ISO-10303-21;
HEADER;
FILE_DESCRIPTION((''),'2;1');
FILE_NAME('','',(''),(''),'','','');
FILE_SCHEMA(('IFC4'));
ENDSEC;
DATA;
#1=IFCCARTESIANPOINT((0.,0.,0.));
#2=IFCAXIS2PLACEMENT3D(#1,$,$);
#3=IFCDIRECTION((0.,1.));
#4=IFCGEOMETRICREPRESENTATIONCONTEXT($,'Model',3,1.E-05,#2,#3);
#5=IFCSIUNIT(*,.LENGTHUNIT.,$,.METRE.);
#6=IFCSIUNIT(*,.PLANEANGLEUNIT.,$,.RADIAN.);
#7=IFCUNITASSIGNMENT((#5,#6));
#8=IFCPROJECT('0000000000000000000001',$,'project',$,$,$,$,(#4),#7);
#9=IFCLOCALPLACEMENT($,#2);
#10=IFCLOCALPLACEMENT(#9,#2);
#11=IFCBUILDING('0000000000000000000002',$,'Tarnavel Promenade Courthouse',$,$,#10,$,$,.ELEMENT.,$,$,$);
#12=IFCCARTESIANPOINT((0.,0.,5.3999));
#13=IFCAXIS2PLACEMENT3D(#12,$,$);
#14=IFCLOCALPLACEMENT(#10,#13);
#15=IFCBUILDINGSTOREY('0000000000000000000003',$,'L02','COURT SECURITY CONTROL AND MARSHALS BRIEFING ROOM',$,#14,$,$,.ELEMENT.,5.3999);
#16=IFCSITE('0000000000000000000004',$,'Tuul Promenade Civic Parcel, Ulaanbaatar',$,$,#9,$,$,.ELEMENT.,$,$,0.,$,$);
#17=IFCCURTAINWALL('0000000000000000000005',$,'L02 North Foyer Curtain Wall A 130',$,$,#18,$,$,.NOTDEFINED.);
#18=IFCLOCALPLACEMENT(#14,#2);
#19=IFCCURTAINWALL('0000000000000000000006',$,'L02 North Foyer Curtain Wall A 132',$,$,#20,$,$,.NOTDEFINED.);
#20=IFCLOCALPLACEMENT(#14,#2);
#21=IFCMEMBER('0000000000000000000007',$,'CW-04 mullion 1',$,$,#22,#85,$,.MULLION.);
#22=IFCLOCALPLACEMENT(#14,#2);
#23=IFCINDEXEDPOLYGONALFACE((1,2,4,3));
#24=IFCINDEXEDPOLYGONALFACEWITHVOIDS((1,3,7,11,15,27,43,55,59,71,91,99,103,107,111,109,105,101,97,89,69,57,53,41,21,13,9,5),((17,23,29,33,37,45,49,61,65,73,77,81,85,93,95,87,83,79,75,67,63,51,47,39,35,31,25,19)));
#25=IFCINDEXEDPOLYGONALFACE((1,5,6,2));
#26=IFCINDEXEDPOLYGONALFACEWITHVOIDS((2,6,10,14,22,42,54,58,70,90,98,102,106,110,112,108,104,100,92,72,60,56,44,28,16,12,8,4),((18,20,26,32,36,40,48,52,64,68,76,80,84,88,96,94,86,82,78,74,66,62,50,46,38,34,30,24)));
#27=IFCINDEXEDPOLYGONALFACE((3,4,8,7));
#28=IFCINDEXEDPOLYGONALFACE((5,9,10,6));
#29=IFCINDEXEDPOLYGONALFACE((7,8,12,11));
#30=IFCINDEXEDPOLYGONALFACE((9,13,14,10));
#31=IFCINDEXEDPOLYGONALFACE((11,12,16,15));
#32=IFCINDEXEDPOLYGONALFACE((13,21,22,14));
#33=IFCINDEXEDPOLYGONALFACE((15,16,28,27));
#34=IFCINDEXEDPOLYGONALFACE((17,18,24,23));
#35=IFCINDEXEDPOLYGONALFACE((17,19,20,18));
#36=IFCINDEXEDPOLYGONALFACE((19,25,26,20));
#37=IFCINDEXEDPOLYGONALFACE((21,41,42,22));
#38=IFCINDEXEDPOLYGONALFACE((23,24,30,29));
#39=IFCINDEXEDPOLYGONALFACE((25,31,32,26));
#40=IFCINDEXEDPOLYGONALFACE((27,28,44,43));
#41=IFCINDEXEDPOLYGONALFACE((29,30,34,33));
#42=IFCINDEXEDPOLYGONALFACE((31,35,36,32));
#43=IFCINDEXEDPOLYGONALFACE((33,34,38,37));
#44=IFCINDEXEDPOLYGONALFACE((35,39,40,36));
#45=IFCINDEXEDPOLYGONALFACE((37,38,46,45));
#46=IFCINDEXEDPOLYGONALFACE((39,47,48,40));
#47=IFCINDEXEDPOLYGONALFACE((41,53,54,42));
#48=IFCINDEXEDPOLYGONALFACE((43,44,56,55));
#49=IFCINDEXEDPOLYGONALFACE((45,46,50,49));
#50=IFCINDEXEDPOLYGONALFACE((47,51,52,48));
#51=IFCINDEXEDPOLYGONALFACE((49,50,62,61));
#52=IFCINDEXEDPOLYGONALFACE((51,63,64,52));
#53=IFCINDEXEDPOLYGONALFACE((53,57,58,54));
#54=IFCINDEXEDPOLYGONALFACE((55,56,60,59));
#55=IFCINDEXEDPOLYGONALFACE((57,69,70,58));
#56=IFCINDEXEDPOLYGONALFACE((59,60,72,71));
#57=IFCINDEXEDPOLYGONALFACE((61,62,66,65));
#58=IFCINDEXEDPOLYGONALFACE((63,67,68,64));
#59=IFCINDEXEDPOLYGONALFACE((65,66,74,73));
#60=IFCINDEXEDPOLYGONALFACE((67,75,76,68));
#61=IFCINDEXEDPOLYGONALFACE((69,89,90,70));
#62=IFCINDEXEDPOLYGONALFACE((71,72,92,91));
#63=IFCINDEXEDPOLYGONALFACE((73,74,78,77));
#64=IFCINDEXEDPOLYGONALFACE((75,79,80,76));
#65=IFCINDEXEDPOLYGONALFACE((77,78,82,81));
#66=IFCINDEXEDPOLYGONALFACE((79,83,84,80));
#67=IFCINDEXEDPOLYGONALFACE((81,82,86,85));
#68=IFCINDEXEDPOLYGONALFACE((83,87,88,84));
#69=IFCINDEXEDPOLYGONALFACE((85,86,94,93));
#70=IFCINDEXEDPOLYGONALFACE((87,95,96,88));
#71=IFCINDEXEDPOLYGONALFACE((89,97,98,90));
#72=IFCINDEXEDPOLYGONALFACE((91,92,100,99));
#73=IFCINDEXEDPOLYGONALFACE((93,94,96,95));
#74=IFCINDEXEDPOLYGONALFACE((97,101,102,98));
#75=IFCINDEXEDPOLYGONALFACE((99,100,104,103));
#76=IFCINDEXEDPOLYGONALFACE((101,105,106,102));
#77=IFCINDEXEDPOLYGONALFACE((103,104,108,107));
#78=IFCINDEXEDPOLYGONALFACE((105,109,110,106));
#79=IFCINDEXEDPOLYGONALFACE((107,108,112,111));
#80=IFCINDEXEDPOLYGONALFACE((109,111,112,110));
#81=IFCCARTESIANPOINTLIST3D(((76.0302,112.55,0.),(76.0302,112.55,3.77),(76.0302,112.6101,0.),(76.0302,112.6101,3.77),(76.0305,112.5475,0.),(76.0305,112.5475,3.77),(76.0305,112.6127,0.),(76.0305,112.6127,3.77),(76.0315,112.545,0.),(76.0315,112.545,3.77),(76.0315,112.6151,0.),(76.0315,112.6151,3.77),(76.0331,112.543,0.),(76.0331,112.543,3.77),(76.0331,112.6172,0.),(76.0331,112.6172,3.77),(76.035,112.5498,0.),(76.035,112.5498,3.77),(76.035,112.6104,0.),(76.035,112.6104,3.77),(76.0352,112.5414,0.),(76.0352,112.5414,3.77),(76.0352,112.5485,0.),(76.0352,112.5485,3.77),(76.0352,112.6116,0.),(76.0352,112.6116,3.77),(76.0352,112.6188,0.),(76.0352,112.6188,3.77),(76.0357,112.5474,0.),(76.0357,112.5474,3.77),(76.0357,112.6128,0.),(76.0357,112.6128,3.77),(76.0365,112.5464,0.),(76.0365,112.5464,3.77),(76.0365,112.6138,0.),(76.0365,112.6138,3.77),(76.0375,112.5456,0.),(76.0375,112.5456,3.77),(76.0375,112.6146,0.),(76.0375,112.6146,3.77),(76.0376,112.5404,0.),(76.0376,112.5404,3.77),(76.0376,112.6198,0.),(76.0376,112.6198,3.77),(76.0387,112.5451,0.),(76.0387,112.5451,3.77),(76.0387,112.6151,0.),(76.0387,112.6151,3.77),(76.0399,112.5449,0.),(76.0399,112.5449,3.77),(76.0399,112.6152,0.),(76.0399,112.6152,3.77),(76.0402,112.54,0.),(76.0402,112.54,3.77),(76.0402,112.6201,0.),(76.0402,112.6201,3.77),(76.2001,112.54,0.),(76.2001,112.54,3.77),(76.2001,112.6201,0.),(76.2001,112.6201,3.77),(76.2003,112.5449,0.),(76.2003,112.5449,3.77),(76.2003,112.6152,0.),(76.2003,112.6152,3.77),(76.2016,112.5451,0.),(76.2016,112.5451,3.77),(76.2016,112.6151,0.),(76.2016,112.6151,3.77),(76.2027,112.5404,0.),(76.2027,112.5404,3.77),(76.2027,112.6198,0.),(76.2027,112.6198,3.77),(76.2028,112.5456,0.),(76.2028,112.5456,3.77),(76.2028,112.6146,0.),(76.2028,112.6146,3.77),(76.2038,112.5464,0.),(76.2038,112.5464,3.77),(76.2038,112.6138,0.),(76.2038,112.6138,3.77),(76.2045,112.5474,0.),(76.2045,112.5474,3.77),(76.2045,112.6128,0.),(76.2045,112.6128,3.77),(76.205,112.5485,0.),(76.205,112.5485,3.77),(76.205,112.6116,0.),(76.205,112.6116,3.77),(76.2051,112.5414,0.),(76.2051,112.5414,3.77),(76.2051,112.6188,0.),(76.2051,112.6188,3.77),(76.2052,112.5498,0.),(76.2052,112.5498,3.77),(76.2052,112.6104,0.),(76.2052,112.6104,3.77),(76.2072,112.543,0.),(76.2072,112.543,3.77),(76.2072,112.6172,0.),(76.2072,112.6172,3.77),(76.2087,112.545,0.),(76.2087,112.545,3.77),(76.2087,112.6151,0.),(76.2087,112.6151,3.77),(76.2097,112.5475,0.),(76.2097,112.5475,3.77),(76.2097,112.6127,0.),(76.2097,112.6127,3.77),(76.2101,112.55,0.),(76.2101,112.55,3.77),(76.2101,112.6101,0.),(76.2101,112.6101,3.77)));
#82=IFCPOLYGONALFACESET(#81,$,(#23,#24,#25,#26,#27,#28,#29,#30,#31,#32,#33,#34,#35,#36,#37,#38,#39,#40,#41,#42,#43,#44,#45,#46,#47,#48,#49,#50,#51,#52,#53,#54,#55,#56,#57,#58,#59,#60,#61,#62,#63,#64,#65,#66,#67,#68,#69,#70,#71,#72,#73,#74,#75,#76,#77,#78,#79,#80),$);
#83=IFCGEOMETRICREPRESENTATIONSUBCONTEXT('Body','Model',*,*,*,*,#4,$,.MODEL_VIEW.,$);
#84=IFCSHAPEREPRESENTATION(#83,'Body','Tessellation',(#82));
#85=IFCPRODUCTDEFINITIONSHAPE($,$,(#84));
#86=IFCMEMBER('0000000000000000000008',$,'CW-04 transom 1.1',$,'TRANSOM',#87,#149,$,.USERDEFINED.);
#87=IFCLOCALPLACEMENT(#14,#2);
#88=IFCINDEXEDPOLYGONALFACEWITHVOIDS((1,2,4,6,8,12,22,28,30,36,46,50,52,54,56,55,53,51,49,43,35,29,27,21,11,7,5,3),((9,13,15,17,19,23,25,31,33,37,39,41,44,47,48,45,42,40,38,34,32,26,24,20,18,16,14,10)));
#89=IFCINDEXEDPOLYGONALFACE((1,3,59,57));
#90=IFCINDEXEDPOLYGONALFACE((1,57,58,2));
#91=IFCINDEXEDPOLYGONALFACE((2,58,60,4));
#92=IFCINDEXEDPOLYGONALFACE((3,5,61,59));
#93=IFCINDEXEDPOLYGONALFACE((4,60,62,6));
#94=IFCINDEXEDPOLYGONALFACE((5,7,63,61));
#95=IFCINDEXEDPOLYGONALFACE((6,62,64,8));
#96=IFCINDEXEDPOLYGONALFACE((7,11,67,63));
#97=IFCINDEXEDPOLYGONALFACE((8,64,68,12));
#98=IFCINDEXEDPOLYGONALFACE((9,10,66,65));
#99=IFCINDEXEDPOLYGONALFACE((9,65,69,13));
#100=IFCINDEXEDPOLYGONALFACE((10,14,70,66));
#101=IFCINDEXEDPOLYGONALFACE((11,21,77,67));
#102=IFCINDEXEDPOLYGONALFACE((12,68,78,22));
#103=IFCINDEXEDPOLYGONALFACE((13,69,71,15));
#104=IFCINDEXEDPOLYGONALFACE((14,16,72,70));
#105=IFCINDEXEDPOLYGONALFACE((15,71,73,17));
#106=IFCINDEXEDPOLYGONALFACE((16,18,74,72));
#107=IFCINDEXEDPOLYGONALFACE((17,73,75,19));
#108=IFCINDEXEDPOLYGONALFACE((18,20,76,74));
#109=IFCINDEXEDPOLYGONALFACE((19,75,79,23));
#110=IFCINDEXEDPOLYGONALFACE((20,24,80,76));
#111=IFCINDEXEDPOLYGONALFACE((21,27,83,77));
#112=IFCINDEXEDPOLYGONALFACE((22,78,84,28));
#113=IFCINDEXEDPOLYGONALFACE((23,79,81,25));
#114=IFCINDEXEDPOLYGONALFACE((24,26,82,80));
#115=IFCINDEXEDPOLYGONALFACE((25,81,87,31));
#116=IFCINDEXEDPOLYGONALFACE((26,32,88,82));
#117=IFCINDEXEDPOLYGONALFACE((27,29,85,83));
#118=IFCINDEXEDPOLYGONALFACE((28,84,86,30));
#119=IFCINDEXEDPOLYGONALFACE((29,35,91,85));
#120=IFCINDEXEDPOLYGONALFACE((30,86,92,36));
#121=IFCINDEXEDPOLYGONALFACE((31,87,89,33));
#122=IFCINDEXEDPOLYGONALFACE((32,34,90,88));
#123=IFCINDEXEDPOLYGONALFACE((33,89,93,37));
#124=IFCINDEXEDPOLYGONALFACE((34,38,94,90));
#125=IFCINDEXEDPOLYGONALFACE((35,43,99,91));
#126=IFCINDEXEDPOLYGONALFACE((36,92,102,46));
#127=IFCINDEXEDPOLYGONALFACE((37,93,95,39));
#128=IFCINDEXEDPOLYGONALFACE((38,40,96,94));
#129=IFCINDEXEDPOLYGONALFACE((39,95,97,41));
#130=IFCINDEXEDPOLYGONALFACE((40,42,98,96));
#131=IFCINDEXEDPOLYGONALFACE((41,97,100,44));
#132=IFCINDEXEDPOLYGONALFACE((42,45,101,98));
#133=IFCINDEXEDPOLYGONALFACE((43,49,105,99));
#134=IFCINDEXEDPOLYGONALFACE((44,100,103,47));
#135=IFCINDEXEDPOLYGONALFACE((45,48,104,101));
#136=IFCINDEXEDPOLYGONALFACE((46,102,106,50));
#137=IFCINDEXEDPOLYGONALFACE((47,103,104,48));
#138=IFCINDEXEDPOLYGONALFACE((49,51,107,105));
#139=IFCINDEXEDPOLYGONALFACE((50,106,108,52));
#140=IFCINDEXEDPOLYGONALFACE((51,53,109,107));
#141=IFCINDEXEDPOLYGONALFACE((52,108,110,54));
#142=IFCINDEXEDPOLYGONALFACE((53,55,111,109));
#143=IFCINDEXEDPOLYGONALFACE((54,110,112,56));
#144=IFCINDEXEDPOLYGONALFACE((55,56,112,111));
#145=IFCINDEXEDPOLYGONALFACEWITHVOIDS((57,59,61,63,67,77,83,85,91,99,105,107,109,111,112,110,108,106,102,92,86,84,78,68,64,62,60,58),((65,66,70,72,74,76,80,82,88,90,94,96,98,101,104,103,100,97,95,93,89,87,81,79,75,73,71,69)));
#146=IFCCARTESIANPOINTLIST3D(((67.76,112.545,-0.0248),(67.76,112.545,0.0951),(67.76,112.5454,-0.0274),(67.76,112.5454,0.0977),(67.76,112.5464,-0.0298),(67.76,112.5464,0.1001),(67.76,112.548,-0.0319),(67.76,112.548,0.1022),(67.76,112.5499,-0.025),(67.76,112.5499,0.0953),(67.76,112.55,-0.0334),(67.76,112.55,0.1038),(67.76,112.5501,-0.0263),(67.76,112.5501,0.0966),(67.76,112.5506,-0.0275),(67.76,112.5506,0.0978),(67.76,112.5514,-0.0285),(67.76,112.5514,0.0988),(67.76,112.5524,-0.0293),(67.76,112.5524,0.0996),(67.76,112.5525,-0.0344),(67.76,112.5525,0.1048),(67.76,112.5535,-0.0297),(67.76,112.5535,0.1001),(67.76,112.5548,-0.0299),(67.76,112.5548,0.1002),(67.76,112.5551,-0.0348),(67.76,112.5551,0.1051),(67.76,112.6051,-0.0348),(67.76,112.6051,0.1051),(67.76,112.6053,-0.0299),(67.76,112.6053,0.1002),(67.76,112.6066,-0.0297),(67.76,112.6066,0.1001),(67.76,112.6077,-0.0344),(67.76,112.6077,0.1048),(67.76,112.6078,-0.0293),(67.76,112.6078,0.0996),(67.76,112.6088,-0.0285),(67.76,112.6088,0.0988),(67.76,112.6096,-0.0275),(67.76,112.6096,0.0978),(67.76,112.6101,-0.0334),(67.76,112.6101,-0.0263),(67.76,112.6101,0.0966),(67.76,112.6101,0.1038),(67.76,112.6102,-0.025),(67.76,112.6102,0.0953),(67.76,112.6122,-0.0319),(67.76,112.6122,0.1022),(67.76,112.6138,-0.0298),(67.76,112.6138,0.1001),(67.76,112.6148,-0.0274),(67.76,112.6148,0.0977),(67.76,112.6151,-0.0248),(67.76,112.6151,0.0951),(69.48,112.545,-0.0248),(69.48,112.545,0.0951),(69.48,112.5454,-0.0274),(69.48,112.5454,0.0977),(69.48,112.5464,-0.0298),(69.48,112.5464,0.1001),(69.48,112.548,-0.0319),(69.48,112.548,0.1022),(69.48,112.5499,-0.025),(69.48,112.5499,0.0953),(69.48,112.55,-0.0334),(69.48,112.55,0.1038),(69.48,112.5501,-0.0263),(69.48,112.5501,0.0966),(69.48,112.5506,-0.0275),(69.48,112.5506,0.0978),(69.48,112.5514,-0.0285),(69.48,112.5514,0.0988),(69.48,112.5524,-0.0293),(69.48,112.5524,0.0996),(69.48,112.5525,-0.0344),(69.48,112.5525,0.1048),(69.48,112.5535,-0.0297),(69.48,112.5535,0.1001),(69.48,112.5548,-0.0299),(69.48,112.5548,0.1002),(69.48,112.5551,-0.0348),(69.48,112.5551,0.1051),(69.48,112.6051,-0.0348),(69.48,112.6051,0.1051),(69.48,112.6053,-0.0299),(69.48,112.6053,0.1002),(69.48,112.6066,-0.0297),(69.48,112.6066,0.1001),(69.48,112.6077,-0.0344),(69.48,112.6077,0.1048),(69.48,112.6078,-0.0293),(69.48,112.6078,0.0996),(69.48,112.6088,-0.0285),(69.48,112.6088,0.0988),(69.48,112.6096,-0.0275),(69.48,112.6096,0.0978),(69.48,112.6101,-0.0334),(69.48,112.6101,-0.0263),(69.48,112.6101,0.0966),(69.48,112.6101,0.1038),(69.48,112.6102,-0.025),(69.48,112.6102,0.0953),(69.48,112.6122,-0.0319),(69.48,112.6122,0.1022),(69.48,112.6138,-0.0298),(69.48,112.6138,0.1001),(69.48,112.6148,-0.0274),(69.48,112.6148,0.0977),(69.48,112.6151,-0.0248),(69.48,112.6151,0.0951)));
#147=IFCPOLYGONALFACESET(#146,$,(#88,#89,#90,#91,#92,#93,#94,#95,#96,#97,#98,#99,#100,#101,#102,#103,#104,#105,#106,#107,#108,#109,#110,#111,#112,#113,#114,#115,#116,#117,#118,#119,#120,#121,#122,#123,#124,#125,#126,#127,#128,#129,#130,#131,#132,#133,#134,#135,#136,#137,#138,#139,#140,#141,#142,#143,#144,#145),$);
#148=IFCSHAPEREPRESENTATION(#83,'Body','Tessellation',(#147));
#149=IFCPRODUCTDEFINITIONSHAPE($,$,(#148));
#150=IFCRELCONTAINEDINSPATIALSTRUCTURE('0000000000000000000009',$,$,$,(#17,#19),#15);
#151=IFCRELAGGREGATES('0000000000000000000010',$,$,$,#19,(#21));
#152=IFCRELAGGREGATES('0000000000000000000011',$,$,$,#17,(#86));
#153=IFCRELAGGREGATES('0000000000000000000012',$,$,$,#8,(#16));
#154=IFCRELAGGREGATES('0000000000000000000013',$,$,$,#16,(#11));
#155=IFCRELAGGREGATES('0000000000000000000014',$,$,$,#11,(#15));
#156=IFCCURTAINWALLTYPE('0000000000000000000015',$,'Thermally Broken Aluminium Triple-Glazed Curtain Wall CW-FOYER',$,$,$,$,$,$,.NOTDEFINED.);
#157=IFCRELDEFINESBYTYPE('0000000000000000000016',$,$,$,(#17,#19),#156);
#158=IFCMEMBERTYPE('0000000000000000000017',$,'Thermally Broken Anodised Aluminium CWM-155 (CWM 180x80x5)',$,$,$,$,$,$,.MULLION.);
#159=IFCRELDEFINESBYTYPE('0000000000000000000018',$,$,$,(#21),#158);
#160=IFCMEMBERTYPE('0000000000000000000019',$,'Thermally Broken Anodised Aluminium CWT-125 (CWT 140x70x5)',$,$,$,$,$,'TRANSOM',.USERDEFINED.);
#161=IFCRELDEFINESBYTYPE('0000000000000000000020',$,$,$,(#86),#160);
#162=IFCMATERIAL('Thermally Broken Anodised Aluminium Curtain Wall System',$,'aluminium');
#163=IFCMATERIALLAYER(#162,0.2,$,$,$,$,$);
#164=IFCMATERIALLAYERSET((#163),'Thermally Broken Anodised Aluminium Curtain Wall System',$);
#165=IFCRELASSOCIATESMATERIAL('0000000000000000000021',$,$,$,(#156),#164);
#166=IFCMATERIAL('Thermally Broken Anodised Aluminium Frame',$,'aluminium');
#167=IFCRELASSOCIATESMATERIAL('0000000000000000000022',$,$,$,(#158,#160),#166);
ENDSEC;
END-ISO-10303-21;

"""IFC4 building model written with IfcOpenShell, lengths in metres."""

from ifc_helpers import new_model, si_unit, direction, frame, origin, origin_2d, place, context, subcontext, project, spatial, hollow_rectangle, extrude, material, layer, layer_set, material_profile, profile_set, type_object, element, aggregate, save


model = new_model("IFC4")

# Units and contexts
model_context = context("Model", 3, precision=1e-05, world=origin(), true_north=direction((0.0, 1.0)))
body_context = subcontext(model_context, "Body", "Model", "MODEL_VIEW")
ifc_project = project(units=[si_unit("LENGTHUNIT", "METRE"), si_unit("PLANEANGLEUNIT", "RADIAN")], contexts=[model_context])

# Site, building, storey
site_placement = place(None, origin())
site = spatial("IfcSite", under=ifc_project, at=site_placement, Name="Tuul Promenade Civic Parcel, Ulaanbaatar", CompositionType="ELEMENT", RefElevation=0.0)
building_placement = place(site_placement, origin())
building = spatial("IfcBuilding", under=site, at=building_placement, Name="Tarnavel Promenade Courthouse", CompositionType="ELEMENT")
storey_placement = place(building_placement, frame((0.0, 0.0, 5.3999)))
storey = spatial("IfcBuildingStorey", under=building, at=storey_placement, Name="L02", Description="COURT SECURITY CONTROL AND MARSHALS BRIEFING ROOM", CompositionType="ELEMENT", Elevation=5.3999)

# Curtain wall
ifc_material_1 = material(Name="Thermally Broken Anodised Aluminium Curtain Wall System", Category="aluminium")
ifc_layer_1 = layer(ifc_material_1, 0.2)
ifc_layer_set_1 = layer_set([ifc_layer_1], Name="Thermally Broken Anodised Aluminium Curtain Wall System")
curtain_wall_type = type_object("IfcCurtainWallType", Name="Thermally Broken Aluminium Triple-Glazed Curtain Wall CW-FOYER", PredefinedType="NOTDEFINED", material=ifc_layer_set_1)
curtain_wall_1_placement = place(storey_placement, origin())
curtain_wall_1 = element("IfcCurtainWall", 1, at=curtain_wall_1_placement, inside=storey, type_object=curtain_wall_type, Name="L02 North Foyer Curtain Wall A 130", PredefinedType="NOTDEFINED")
ifc_material_2 = material(Name="Thermally Broken Anodised Aluminium Frame", Category="aluminium")
ifc_material_profile_1 = material_profile(ifc_material_2, hollow_rectangle(XDim=0.0801, YDim=0.1799, WallThickness=0.0049, InnerFilletRadius=0.0049, OuterFilletRadius=0.01, at=origin_2d()), Name="CWM 180x80x5")
ifc_profile_set_1 = profile_set([ifc_material_profile_1], Name="Thermally Broken Anodised Aluminium Frame")
member_type_1 = type_object("IfcMemberType", Name="Thermally Broken Anodised Aluminium CWM-155 (CWM 180x80x5)", PredefinedType="MULLION", material=ifc_profile_set_1)

# Curtain wall, member
curtain_wall_2_placement = place(storey_placement, origin())
curtain_wall_2 = element("IfcCurtainWall", 2, at=curtain_wall_2_placement, inside=storey, type_object=curtain_wall_type, Name="L02 North Foyer Curtain Wall A 132", PredefinedType="NOTDEFINED")
member_1_placement = place(storey_placement, frame((76.1201, 112.5801, 0.0), z_axis=(0.0, 0.0, 1.0), x_axis=(0.0, 1.0, 0.0)))
member_1 = element("IfcMember", 3, at=member_1_placement, type_object=member_type_1, Name="CW-04 mullion 1", PredefinedType="MULLION", context=body_context, shape_type="SweptSolid", body=[
    extrude(hollow_rectangle(XDim=0.0801, YDim=0.1799, WallThickness=0.0049, InnerFilletRadius=0.0049, OuterFilletRadius=0.01, at=origin_2d()), origin(), (0.0, 0.0, 1.0), 3.77),
])

# Member
ifc_material_profile_2 = material_profile(ifc_material_2, hollow_rectangle(XDim=0.0701, YDim=0.1399, WallThickness=0.0049, InnerFilletRadius=0.0049, OuterFilletRadius=0.01, at=origin_2d()), Name="CWT 140x70x5")
ifc_profile_set_2 = profile_set([ifc_material_profile_2], Name="Thermally Broken Anodised Aluminium Frame")
member_type_2 = type_object("IfcMemberType", Name="Thermally Broken Anodised Aluminium CWT-125 (CWT 140x70x5)", ElementType="TRANSOM", PredefinedType="USERDEFINED", material=ifc_profile_set_2)
member_2_placement = place(storey_placement, frame((67.76, 112.5801, 0.0352), z_axis=(1.0, 0.0, 0.0), x_axis=(0.0, 1.0, 0.0)))
member_2 = element("IfcMember", 4, at=member_2_placement, type_object=member_type_2, Name="CW-04 transom 1.1", ObjectType="TRANSOM", PredefinedType="USERDEFINED", context=body_context, shape_type="SweptSolid", body=[
    extrude(hollow_rectangle(XDim=0.0701, YDim=0.1399, WallThickness=0.0049, InnerFilletRadius=0.0049, OuterFilletRadius=0.01, at=origin_2d()), origin(), (0.0, 0.0, 1.0), 1.72),
])
aggregate(curtain_wall_2, [member_1])

aggregate(curtain_wall_1, [member_2])

save(model, "model.ifc")
